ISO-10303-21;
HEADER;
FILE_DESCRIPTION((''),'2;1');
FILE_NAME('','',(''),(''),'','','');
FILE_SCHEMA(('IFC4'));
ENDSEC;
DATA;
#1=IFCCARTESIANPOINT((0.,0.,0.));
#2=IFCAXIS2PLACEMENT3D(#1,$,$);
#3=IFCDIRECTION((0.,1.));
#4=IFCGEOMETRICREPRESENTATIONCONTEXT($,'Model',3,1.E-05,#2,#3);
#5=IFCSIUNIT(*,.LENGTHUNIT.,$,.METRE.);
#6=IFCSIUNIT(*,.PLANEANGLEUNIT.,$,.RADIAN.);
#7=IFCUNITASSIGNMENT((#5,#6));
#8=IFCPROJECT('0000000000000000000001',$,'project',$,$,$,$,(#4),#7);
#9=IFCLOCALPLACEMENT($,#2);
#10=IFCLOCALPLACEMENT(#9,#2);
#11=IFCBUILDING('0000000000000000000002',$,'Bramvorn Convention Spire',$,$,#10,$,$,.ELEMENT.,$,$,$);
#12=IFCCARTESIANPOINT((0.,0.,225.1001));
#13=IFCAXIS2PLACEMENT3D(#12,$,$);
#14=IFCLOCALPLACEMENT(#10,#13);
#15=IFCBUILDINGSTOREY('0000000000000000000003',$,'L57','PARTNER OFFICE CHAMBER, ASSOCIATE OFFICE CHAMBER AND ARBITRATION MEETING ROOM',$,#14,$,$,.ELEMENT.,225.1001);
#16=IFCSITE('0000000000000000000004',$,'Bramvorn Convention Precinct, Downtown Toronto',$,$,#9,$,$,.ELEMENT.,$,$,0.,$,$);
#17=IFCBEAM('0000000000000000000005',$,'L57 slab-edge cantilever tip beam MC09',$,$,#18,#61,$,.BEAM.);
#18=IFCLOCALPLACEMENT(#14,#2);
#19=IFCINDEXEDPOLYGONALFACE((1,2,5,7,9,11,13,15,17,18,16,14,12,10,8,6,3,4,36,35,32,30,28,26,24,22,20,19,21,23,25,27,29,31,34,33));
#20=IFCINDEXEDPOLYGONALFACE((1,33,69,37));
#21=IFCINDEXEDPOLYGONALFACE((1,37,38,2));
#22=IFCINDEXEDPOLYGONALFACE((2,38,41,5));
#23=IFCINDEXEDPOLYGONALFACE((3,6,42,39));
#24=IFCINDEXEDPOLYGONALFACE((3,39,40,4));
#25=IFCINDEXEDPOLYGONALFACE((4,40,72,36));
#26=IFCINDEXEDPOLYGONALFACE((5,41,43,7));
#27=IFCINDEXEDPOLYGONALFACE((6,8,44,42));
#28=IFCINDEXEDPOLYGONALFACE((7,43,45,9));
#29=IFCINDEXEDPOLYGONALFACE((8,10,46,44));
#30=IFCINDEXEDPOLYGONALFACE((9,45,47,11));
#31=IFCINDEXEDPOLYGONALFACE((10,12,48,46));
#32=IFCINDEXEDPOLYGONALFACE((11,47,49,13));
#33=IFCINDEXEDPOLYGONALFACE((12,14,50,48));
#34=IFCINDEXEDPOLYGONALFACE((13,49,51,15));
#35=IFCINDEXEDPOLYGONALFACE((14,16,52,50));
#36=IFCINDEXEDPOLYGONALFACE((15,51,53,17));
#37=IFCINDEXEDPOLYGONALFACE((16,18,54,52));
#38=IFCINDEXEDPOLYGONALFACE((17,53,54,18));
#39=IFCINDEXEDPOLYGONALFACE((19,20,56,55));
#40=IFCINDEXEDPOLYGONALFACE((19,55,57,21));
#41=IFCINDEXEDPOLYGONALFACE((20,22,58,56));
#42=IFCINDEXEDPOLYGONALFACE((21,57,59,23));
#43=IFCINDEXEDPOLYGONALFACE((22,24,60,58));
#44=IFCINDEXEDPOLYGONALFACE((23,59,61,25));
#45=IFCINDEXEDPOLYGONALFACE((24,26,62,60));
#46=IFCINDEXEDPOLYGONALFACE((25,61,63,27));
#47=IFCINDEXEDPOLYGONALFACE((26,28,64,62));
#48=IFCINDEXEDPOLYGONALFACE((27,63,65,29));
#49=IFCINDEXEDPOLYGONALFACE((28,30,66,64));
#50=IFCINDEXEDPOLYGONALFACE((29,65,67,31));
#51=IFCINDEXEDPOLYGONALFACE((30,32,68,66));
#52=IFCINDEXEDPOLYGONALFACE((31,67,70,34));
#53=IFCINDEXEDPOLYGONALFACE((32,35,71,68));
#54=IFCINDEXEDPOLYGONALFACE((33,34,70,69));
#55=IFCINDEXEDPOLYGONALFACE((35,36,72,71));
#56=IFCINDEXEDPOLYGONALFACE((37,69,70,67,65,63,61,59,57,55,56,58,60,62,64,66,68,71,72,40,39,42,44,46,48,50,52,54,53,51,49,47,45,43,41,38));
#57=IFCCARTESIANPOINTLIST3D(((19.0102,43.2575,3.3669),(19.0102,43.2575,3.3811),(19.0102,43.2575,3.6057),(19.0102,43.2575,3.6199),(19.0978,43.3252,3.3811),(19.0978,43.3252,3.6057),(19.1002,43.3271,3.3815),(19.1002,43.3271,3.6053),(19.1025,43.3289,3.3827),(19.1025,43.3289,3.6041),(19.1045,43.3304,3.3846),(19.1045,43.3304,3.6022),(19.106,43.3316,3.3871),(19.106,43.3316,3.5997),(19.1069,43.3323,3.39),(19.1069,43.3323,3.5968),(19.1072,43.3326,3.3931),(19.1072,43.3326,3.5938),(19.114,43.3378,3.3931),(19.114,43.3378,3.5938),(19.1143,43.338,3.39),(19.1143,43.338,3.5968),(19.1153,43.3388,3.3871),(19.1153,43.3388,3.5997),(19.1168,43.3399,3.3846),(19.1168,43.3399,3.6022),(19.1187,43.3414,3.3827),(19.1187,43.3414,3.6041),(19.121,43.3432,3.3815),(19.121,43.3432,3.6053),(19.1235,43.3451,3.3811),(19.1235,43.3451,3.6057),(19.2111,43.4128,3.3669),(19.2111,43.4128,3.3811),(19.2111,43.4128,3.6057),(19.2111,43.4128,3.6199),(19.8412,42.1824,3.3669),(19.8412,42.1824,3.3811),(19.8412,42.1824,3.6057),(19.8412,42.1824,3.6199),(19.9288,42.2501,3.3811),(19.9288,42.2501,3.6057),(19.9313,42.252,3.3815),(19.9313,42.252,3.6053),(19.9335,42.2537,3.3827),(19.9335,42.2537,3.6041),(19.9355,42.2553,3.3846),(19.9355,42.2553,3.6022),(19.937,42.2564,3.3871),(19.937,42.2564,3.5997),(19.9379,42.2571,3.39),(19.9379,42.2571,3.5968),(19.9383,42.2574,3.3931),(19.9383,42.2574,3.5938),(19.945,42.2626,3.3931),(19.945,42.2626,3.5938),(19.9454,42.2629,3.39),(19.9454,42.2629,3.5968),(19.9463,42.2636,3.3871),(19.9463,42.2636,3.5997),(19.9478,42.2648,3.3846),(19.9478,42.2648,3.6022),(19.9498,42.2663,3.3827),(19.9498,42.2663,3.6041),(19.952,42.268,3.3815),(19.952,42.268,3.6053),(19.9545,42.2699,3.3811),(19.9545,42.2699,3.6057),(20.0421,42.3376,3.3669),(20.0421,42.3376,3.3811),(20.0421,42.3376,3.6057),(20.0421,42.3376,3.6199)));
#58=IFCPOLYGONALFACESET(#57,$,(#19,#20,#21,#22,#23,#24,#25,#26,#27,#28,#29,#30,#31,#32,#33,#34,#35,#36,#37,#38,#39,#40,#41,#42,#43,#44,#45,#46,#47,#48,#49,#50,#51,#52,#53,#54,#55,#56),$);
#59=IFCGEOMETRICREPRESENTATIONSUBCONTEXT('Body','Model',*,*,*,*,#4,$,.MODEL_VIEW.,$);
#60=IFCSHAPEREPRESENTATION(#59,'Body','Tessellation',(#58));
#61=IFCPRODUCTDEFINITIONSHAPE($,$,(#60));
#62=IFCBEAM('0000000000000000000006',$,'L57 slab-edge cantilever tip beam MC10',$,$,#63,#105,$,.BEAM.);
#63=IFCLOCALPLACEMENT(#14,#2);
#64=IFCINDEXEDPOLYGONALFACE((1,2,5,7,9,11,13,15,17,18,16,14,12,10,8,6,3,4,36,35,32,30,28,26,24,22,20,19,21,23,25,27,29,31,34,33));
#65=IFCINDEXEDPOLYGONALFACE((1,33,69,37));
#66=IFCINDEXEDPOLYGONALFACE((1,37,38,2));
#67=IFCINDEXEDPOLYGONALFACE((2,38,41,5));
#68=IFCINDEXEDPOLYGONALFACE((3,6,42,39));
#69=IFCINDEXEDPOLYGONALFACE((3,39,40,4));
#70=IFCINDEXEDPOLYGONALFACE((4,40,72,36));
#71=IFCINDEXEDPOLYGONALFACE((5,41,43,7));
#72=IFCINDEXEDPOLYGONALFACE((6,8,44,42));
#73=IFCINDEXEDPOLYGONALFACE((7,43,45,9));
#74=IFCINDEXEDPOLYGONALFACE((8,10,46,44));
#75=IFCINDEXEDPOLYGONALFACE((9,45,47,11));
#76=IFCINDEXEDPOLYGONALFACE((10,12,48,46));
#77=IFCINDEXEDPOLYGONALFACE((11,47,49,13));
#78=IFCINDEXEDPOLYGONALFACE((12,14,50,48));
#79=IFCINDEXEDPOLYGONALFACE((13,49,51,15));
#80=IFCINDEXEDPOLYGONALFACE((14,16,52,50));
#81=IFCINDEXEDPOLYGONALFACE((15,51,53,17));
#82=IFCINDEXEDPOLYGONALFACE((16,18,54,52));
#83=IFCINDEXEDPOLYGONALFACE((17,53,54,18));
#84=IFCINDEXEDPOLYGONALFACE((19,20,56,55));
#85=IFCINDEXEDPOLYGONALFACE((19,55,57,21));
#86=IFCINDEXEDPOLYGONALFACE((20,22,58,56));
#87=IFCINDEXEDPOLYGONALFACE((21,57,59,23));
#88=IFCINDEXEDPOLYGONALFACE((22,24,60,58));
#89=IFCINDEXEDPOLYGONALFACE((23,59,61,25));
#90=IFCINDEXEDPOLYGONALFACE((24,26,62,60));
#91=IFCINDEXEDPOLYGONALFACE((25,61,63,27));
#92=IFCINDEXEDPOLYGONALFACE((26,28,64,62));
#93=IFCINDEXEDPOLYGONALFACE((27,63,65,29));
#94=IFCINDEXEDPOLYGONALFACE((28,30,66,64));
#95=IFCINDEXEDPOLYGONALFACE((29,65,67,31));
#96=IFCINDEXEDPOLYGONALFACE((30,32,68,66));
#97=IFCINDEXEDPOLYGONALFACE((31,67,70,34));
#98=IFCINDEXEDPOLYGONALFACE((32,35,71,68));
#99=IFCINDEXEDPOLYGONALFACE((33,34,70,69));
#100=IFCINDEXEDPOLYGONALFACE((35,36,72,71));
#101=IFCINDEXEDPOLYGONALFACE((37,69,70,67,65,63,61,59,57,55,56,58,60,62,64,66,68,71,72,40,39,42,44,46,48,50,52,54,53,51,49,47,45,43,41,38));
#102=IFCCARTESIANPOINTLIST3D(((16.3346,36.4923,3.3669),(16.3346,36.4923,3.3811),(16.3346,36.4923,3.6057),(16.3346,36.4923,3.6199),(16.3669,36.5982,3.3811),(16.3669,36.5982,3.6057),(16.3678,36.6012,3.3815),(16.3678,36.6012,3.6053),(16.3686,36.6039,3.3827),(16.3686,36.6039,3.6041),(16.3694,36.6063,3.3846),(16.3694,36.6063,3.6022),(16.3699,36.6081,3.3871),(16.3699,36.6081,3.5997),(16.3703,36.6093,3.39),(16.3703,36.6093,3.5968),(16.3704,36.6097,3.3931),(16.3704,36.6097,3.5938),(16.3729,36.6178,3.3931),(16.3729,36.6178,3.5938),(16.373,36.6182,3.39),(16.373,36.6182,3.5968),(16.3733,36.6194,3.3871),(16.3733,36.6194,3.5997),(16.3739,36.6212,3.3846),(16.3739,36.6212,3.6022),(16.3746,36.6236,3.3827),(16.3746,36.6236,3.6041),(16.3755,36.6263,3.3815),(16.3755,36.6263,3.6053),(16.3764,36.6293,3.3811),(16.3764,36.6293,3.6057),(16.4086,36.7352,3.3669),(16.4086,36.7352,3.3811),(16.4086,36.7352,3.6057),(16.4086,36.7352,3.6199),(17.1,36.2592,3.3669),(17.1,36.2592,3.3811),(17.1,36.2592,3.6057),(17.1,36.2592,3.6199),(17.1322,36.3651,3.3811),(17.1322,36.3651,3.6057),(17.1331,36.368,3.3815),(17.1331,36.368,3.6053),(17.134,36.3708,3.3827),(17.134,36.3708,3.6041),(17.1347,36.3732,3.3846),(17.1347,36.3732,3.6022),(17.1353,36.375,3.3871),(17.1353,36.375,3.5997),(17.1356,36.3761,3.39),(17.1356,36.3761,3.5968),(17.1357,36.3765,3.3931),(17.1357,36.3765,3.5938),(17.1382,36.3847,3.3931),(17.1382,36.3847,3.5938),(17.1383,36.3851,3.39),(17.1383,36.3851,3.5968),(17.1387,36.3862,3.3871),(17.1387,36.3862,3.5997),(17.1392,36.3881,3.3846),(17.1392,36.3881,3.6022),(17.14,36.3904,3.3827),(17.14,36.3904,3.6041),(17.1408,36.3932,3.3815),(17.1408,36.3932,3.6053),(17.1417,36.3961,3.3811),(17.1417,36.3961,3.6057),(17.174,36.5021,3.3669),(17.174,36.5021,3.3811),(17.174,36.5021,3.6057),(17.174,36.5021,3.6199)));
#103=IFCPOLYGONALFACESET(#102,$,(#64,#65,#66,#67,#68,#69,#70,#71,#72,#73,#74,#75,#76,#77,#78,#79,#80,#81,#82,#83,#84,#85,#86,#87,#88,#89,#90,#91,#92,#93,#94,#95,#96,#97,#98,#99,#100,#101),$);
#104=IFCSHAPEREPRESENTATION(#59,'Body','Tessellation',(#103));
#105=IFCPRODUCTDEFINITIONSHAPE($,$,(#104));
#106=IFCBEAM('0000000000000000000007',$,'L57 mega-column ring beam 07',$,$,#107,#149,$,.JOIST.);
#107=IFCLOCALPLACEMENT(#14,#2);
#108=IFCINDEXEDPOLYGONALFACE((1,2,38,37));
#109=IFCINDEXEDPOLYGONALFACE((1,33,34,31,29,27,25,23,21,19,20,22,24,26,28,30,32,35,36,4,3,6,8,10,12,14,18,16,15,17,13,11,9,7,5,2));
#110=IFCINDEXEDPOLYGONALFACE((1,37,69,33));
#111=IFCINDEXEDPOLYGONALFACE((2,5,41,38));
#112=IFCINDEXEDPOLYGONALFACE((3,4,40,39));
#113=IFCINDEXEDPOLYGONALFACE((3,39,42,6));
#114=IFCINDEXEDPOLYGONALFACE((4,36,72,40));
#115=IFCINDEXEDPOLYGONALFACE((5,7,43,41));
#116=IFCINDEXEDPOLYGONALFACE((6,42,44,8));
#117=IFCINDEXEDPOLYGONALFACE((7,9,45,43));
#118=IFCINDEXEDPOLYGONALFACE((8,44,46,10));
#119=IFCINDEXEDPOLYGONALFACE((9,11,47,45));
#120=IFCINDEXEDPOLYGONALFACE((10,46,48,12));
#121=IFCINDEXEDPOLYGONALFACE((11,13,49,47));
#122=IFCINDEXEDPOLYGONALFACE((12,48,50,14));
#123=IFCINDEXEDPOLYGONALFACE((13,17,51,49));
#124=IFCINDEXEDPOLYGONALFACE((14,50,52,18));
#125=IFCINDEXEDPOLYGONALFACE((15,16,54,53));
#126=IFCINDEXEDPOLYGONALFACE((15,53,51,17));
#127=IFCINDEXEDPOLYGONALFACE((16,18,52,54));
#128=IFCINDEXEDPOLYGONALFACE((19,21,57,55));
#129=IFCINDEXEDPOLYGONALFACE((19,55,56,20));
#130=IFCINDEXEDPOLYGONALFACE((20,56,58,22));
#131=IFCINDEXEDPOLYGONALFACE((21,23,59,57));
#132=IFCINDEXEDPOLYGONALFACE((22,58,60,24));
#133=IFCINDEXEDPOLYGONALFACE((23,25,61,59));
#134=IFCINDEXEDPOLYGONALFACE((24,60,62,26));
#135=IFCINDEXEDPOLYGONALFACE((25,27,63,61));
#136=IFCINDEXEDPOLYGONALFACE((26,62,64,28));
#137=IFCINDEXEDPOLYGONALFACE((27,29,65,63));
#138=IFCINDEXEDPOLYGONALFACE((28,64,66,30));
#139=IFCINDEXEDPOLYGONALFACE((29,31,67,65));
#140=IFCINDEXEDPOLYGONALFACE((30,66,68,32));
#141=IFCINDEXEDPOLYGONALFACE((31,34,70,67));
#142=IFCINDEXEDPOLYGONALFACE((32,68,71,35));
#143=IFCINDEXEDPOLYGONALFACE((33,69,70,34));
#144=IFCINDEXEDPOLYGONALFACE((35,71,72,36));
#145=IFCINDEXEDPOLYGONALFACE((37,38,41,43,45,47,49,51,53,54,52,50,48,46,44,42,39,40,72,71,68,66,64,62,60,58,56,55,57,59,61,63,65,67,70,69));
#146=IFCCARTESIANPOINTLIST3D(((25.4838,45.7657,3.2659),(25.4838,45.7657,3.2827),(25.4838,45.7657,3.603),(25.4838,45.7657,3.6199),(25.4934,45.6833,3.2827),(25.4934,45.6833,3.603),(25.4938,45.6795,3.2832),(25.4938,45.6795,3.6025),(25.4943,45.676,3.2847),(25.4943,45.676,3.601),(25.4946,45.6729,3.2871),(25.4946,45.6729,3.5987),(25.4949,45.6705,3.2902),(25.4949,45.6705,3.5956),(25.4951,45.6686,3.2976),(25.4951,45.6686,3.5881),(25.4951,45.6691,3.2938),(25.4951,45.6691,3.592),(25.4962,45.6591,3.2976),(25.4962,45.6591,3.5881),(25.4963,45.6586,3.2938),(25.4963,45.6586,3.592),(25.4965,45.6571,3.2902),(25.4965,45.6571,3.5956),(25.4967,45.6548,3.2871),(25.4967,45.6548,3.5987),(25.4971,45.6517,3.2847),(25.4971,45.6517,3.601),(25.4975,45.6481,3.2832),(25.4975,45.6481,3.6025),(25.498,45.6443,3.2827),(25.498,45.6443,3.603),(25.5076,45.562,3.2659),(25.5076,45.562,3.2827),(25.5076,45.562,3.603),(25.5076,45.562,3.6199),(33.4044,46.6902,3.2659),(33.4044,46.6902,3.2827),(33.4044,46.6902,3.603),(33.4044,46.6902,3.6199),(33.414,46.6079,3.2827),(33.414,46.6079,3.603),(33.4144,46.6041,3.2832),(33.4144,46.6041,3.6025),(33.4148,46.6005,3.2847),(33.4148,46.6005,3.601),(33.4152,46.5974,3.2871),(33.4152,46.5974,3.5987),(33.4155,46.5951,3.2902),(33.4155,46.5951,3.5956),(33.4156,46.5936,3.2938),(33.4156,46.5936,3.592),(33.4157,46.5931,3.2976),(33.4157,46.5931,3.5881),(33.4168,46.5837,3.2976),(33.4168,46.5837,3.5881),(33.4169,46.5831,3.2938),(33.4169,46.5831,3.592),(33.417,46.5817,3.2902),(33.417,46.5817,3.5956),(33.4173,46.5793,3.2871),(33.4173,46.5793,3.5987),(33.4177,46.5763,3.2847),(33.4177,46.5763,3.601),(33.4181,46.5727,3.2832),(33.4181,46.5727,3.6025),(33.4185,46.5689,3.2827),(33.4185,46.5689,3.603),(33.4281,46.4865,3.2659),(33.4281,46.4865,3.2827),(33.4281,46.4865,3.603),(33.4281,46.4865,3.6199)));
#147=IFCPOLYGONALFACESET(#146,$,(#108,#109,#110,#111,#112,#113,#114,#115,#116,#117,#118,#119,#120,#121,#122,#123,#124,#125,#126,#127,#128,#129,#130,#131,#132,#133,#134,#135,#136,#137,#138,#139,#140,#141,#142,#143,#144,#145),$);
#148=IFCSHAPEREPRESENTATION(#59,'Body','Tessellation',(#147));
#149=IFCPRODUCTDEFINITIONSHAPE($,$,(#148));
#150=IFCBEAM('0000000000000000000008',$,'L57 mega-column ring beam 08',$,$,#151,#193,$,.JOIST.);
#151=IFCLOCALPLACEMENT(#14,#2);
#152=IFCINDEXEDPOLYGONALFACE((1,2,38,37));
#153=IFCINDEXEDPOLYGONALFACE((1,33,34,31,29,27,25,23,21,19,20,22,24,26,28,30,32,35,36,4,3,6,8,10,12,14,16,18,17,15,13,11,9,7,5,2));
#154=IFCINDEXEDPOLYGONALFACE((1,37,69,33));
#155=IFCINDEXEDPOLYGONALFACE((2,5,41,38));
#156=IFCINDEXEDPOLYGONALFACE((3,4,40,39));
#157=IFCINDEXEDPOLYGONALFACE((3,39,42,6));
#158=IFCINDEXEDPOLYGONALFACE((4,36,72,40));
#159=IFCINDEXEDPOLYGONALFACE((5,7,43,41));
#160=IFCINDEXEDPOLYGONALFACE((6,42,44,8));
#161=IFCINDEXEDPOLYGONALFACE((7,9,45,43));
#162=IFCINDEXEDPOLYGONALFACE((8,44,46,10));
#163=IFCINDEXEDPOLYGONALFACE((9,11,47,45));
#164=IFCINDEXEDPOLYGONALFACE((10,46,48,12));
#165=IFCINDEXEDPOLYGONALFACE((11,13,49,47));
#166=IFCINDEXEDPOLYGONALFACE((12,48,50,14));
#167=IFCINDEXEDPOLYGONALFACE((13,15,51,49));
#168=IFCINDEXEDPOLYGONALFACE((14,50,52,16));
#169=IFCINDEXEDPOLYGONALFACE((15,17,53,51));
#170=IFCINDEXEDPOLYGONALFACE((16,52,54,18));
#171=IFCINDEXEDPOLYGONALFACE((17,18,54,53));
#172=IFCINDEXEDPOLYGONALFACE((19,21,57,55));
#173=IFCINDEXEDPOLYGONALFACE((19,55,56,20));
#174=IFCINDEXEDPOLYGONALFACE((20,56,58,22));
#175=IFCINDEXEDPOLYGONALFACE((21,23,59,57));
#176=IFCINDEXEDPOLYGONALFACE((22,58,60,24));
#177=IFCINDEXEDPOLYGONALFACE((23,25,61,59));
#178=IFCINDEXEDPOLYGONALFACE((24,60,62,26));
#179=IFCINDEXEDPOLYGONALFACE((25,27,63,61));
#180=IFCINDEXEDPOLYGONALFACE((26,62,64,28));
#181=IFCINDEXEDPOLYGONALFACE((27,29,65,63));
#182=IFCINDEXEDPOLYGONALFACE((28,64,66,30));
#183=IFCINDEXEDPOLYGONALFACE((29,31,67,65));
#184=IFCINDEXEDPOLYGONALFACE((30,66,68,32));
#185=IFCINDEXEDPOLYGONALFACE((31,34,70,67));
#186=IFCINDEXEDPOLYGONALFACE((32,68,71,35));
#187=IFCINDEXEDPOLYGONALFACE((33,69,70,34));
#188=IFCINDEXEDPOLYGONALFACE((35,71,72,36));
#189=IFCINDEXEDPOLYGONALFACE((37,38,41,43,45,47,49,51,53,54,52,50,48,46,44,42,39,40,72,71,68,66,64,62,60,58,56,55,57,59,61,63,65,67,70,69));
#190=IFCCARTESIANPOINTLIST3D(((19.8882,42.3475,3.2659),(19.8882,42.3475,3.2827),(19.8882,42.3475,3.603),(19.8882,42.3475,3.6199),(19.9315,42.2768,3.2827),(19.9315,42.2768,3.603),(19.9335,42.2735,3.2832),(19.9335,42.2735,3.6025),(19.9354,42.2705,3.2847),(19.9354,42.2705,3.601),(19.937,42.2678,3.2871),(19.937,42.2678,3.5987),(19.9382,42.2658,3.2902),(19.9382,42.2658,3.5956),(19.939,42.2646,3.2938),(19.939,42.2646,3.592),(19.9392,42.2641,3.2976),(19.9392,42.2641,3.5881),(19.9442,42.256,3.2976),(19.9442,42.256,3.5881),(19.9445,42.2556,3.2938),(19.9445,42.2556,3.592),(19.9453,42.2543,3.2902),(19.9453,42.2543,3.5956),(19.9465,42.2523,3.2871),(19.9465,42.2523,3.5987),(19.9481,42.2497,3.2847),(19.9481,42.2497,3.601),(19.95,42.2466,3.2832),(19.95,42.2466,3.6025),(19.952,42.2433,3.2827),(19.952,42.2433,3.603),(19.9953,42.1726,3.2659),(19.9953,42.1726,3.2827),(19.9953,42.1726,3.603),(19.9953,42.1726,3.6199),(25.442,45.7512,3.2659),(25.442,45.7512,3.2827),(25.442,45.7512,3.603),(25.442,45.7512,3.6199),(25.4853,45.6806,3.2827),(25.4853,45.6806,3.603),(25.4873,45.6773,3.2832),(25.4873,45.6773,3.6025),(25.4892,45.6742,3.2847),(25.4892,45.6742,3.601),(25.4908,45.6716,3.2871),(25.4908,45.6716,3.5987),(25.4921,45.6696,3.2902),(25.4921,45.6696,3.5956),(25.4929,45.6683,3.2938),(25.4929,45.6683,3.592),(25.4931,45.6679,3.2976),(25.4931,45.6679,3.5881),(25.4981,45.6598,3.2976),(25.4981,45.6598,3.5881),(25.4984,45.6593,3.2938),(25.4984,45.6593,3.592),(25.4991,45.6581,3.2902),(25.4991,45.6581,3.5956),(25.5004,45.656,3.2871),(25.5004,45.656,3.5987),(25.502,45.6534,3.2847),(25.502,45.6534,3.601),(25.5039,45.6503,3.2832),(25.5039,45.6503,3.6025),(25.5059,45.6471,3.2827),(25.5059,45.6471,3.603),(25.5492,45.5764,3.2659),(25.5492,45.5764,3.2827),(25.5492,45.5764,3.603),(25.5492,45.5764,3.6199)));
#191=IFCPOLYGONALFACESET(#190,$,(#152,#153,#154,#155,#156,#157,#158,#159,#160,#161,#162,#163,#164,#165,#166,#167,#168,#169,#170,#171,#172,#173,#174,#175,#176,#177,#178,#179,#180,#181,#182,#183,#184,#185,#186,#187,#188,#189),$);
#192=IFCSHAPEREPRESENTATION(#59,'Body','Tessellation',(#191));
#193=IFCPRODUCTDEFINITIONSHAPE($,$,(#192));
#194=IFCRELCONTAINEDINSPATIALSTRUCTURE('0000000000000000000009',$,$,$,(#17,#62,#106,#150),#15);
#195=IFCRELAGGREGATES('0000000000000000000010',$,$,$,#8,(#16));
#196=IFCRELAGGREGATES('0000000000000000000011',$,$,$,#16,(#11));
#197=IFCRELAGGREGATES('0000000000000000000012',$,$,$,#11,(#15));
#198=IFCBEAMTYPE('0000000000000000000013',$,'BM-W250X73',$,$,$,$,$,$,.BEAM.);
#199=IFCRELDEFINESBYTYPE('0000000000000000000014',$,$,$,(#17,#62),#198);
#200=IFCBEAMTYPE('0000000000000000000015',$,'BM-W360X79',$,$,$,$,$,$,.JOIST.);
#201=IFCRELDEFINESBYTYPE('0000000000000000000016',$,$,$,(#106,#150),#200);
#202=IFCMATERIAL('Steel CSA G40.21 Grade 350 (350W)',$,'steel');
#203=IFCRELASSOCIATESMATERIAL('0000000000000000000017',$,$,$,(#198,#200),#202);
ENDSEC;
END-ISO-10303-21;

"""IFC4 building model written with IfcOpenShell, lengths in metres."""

from ifc_helpers import new_model, si_unit, direction, frame, origin, origin_2d, place, context, subcontext, project, spatial, i_section, extrude, material, material_profile, profile_set, type_object, element, save


model = new_model("IFC4")

# Units and contexts
model_context = context("Model", 3, precision=1e-05, world=origin(), true_north=direction((0.0, 1.0)))
body_context = subcontext(model_context, "Body", "Model", "MODEL_VIEW")
ifc_project = project(units=[si_unit("LENGTHUNIT", "METRE"), si_unit("PLANEANGLEUNIT", "RADIAN")], contexts=[model_context])

# Site, building, storey
site_placement = place(None, origin())
site = spatial("IfcSite", under=ifc_project, at=site_placement, Name="Bramvorn Convention Precinct, Downtown Toronto", CompositionType="ELEMENT", RefElevation=0.0)
building_placement = place(site_placement, origin())
building = spatial("IfcBuilding", under=site, at=building_placement, Name="Bramvorn Convention Spire", CompositionType="ELEMENT")
storey_placement = place(building_placement, frame((0.0, 0.0, 225.1001)))
storey = spatial("IfcBuildingStorey", under=building, at=storey_placement, Name="L57", Description="PARTNER OFFICE CHAMBER, ASSOCIATE OFFICE CHAMBER AND ARBITRATION MEETING ROOM", CompositionType="ELEMENT", Elevation=225.1001)

# Shared definitions
ifc_material_1 = material(Name="Steel CSA G40.21 Grade 350 (350W)", Category="steel")

# Beams
ifc_material_profile_1 = material_profile(ifc_material_1, i_section(OverallWidth=0.2539, OverallDepth=0.2529, WebThickness=0.0085, FlangeThickness=0.0142, FilletRadius=0.012, at=origin_2d()))
ifc_profile_set_1 = profile_set([ifc_material_profile_1], Name="Steel CSA G40.21 Grade 350 (350W) - W250X73")
beam_type_1 = type_object("IfcBeamType", Name="BM-W250X73", PredefinedType="BEAM", material=ifc_profile_set_1)
beam_1_placement = place(storey_placement, frame((19.9417, 42.26, 3.4934), z_axis=(-0.61155, 0.791206, 0.0), x_axis=(-0.791206, -0.61155, 0.0)))
element("IfcBeam", 1, at=beam_1_placement, inside=storey, type_object=beam_type_1, Name="L57 slab-edge cantilever tip beam MC09", PredefinedType="BEAM", context=body_context, shape_type="SweptSolid", body=[
    extrude(i_section(OverallWidth=0.2539, OverallDepth=0.2529, WebThickness=0.0085, FlangeThickness=0.0142, FilletRadius=0.012, at=origin_2d()), origin(), (0.0, 0.0, 1.0), 1.3589),
])
beam_2_placement = place(storey_placement, frame((17.137, 36.3806, 3.4934), z_axis=(-0.9566, 0.291404, 0.0), x_axis=(-0.291404, -0.9566, 0.0)))
element("IfcBeam", 2, at=beam_2_placement, inside=storey, type_object=beam_type_1, Name="L57 slab-edge cantilever tip beam MC10", PredefinedType="BEAM", context=body_context, shape_type="SweptSolid", body=[
    extrude(i_section(OverallWidth=0.2539, OverallDepth=0.2529, WebThickness=0.0085, FlangeThickness=0.0142, FilletRadius=0.012, at=origin_2d()), origin(), (0.0, 0.0, 1.0), 0.8),
])
ifc_material_profile_2 = material_profile(ifc_material_1, i_section(OverallWidth=0.2051, OverallDepth=0.354, WebThickness=0.0095, FlangeThickness=0.0168, FilletRadius=0.0149, at=origin_2d()))
ifc_profile_set_2 = profile_set([ifc_material_profile_2], Name="Steel CSA G40.21 Grade 350 (350W) - W360X79")
beam_type_2 = type_object("IfcBeamType", Name="BM-W360X79", PredefinedType="JOIST", material=ifc_profile_set_2)
beam_3_placement = place(storey_placement, frame((33.4163, 46.5884, 3.4429), z_axis=(-0.993256, -0.115941, 0.0), x_axis=(0.115941, -0.993256, 0.0)))
element("IfcBeam", 3, at=beam_3_placement, inside=storey, type_object=beam_type_2, Name="L57 mega-column ring beam 07", PredefinedType="JOIST", context=body_context, shape_type="SweptSolid", body=[
    extrude(i_section(OverallWidth=0.2051, OverallDepth=0.354, WebThickness=0.0095, FlangeThickness=0.0168, FilletRadius=0.0149, at=origin_2d()), origin(), (0.0, 0.0, 1.0), 7.9744),
])
beam_4_placement = place(storey_placement, frame((25.4956, 45.6638, 3.4429), z_axis=(-0.852617, -0.522537, 0.0), x_axis=(0.522537, -0.852617, 0.0)))
element("IfcBeam", 4, at=beam_4_placement, inside=storey, type_object=beam_type_2, Name="L57 mega-column ring beam 08", PredefinedType="JOIST", context=body_context, shape_type="SweptSolid", body=[
    extrude(i_section(OverallWidth=0.2051, OverallDepth=0.354, WebThickness=0.0095, FlangeThickness=0.0168, FilletRadius=0.0149, at=origin_2d()), origin(), (0.0, 0.0, 1.0), 6.5139),
])

save(model, "model.ifc")
